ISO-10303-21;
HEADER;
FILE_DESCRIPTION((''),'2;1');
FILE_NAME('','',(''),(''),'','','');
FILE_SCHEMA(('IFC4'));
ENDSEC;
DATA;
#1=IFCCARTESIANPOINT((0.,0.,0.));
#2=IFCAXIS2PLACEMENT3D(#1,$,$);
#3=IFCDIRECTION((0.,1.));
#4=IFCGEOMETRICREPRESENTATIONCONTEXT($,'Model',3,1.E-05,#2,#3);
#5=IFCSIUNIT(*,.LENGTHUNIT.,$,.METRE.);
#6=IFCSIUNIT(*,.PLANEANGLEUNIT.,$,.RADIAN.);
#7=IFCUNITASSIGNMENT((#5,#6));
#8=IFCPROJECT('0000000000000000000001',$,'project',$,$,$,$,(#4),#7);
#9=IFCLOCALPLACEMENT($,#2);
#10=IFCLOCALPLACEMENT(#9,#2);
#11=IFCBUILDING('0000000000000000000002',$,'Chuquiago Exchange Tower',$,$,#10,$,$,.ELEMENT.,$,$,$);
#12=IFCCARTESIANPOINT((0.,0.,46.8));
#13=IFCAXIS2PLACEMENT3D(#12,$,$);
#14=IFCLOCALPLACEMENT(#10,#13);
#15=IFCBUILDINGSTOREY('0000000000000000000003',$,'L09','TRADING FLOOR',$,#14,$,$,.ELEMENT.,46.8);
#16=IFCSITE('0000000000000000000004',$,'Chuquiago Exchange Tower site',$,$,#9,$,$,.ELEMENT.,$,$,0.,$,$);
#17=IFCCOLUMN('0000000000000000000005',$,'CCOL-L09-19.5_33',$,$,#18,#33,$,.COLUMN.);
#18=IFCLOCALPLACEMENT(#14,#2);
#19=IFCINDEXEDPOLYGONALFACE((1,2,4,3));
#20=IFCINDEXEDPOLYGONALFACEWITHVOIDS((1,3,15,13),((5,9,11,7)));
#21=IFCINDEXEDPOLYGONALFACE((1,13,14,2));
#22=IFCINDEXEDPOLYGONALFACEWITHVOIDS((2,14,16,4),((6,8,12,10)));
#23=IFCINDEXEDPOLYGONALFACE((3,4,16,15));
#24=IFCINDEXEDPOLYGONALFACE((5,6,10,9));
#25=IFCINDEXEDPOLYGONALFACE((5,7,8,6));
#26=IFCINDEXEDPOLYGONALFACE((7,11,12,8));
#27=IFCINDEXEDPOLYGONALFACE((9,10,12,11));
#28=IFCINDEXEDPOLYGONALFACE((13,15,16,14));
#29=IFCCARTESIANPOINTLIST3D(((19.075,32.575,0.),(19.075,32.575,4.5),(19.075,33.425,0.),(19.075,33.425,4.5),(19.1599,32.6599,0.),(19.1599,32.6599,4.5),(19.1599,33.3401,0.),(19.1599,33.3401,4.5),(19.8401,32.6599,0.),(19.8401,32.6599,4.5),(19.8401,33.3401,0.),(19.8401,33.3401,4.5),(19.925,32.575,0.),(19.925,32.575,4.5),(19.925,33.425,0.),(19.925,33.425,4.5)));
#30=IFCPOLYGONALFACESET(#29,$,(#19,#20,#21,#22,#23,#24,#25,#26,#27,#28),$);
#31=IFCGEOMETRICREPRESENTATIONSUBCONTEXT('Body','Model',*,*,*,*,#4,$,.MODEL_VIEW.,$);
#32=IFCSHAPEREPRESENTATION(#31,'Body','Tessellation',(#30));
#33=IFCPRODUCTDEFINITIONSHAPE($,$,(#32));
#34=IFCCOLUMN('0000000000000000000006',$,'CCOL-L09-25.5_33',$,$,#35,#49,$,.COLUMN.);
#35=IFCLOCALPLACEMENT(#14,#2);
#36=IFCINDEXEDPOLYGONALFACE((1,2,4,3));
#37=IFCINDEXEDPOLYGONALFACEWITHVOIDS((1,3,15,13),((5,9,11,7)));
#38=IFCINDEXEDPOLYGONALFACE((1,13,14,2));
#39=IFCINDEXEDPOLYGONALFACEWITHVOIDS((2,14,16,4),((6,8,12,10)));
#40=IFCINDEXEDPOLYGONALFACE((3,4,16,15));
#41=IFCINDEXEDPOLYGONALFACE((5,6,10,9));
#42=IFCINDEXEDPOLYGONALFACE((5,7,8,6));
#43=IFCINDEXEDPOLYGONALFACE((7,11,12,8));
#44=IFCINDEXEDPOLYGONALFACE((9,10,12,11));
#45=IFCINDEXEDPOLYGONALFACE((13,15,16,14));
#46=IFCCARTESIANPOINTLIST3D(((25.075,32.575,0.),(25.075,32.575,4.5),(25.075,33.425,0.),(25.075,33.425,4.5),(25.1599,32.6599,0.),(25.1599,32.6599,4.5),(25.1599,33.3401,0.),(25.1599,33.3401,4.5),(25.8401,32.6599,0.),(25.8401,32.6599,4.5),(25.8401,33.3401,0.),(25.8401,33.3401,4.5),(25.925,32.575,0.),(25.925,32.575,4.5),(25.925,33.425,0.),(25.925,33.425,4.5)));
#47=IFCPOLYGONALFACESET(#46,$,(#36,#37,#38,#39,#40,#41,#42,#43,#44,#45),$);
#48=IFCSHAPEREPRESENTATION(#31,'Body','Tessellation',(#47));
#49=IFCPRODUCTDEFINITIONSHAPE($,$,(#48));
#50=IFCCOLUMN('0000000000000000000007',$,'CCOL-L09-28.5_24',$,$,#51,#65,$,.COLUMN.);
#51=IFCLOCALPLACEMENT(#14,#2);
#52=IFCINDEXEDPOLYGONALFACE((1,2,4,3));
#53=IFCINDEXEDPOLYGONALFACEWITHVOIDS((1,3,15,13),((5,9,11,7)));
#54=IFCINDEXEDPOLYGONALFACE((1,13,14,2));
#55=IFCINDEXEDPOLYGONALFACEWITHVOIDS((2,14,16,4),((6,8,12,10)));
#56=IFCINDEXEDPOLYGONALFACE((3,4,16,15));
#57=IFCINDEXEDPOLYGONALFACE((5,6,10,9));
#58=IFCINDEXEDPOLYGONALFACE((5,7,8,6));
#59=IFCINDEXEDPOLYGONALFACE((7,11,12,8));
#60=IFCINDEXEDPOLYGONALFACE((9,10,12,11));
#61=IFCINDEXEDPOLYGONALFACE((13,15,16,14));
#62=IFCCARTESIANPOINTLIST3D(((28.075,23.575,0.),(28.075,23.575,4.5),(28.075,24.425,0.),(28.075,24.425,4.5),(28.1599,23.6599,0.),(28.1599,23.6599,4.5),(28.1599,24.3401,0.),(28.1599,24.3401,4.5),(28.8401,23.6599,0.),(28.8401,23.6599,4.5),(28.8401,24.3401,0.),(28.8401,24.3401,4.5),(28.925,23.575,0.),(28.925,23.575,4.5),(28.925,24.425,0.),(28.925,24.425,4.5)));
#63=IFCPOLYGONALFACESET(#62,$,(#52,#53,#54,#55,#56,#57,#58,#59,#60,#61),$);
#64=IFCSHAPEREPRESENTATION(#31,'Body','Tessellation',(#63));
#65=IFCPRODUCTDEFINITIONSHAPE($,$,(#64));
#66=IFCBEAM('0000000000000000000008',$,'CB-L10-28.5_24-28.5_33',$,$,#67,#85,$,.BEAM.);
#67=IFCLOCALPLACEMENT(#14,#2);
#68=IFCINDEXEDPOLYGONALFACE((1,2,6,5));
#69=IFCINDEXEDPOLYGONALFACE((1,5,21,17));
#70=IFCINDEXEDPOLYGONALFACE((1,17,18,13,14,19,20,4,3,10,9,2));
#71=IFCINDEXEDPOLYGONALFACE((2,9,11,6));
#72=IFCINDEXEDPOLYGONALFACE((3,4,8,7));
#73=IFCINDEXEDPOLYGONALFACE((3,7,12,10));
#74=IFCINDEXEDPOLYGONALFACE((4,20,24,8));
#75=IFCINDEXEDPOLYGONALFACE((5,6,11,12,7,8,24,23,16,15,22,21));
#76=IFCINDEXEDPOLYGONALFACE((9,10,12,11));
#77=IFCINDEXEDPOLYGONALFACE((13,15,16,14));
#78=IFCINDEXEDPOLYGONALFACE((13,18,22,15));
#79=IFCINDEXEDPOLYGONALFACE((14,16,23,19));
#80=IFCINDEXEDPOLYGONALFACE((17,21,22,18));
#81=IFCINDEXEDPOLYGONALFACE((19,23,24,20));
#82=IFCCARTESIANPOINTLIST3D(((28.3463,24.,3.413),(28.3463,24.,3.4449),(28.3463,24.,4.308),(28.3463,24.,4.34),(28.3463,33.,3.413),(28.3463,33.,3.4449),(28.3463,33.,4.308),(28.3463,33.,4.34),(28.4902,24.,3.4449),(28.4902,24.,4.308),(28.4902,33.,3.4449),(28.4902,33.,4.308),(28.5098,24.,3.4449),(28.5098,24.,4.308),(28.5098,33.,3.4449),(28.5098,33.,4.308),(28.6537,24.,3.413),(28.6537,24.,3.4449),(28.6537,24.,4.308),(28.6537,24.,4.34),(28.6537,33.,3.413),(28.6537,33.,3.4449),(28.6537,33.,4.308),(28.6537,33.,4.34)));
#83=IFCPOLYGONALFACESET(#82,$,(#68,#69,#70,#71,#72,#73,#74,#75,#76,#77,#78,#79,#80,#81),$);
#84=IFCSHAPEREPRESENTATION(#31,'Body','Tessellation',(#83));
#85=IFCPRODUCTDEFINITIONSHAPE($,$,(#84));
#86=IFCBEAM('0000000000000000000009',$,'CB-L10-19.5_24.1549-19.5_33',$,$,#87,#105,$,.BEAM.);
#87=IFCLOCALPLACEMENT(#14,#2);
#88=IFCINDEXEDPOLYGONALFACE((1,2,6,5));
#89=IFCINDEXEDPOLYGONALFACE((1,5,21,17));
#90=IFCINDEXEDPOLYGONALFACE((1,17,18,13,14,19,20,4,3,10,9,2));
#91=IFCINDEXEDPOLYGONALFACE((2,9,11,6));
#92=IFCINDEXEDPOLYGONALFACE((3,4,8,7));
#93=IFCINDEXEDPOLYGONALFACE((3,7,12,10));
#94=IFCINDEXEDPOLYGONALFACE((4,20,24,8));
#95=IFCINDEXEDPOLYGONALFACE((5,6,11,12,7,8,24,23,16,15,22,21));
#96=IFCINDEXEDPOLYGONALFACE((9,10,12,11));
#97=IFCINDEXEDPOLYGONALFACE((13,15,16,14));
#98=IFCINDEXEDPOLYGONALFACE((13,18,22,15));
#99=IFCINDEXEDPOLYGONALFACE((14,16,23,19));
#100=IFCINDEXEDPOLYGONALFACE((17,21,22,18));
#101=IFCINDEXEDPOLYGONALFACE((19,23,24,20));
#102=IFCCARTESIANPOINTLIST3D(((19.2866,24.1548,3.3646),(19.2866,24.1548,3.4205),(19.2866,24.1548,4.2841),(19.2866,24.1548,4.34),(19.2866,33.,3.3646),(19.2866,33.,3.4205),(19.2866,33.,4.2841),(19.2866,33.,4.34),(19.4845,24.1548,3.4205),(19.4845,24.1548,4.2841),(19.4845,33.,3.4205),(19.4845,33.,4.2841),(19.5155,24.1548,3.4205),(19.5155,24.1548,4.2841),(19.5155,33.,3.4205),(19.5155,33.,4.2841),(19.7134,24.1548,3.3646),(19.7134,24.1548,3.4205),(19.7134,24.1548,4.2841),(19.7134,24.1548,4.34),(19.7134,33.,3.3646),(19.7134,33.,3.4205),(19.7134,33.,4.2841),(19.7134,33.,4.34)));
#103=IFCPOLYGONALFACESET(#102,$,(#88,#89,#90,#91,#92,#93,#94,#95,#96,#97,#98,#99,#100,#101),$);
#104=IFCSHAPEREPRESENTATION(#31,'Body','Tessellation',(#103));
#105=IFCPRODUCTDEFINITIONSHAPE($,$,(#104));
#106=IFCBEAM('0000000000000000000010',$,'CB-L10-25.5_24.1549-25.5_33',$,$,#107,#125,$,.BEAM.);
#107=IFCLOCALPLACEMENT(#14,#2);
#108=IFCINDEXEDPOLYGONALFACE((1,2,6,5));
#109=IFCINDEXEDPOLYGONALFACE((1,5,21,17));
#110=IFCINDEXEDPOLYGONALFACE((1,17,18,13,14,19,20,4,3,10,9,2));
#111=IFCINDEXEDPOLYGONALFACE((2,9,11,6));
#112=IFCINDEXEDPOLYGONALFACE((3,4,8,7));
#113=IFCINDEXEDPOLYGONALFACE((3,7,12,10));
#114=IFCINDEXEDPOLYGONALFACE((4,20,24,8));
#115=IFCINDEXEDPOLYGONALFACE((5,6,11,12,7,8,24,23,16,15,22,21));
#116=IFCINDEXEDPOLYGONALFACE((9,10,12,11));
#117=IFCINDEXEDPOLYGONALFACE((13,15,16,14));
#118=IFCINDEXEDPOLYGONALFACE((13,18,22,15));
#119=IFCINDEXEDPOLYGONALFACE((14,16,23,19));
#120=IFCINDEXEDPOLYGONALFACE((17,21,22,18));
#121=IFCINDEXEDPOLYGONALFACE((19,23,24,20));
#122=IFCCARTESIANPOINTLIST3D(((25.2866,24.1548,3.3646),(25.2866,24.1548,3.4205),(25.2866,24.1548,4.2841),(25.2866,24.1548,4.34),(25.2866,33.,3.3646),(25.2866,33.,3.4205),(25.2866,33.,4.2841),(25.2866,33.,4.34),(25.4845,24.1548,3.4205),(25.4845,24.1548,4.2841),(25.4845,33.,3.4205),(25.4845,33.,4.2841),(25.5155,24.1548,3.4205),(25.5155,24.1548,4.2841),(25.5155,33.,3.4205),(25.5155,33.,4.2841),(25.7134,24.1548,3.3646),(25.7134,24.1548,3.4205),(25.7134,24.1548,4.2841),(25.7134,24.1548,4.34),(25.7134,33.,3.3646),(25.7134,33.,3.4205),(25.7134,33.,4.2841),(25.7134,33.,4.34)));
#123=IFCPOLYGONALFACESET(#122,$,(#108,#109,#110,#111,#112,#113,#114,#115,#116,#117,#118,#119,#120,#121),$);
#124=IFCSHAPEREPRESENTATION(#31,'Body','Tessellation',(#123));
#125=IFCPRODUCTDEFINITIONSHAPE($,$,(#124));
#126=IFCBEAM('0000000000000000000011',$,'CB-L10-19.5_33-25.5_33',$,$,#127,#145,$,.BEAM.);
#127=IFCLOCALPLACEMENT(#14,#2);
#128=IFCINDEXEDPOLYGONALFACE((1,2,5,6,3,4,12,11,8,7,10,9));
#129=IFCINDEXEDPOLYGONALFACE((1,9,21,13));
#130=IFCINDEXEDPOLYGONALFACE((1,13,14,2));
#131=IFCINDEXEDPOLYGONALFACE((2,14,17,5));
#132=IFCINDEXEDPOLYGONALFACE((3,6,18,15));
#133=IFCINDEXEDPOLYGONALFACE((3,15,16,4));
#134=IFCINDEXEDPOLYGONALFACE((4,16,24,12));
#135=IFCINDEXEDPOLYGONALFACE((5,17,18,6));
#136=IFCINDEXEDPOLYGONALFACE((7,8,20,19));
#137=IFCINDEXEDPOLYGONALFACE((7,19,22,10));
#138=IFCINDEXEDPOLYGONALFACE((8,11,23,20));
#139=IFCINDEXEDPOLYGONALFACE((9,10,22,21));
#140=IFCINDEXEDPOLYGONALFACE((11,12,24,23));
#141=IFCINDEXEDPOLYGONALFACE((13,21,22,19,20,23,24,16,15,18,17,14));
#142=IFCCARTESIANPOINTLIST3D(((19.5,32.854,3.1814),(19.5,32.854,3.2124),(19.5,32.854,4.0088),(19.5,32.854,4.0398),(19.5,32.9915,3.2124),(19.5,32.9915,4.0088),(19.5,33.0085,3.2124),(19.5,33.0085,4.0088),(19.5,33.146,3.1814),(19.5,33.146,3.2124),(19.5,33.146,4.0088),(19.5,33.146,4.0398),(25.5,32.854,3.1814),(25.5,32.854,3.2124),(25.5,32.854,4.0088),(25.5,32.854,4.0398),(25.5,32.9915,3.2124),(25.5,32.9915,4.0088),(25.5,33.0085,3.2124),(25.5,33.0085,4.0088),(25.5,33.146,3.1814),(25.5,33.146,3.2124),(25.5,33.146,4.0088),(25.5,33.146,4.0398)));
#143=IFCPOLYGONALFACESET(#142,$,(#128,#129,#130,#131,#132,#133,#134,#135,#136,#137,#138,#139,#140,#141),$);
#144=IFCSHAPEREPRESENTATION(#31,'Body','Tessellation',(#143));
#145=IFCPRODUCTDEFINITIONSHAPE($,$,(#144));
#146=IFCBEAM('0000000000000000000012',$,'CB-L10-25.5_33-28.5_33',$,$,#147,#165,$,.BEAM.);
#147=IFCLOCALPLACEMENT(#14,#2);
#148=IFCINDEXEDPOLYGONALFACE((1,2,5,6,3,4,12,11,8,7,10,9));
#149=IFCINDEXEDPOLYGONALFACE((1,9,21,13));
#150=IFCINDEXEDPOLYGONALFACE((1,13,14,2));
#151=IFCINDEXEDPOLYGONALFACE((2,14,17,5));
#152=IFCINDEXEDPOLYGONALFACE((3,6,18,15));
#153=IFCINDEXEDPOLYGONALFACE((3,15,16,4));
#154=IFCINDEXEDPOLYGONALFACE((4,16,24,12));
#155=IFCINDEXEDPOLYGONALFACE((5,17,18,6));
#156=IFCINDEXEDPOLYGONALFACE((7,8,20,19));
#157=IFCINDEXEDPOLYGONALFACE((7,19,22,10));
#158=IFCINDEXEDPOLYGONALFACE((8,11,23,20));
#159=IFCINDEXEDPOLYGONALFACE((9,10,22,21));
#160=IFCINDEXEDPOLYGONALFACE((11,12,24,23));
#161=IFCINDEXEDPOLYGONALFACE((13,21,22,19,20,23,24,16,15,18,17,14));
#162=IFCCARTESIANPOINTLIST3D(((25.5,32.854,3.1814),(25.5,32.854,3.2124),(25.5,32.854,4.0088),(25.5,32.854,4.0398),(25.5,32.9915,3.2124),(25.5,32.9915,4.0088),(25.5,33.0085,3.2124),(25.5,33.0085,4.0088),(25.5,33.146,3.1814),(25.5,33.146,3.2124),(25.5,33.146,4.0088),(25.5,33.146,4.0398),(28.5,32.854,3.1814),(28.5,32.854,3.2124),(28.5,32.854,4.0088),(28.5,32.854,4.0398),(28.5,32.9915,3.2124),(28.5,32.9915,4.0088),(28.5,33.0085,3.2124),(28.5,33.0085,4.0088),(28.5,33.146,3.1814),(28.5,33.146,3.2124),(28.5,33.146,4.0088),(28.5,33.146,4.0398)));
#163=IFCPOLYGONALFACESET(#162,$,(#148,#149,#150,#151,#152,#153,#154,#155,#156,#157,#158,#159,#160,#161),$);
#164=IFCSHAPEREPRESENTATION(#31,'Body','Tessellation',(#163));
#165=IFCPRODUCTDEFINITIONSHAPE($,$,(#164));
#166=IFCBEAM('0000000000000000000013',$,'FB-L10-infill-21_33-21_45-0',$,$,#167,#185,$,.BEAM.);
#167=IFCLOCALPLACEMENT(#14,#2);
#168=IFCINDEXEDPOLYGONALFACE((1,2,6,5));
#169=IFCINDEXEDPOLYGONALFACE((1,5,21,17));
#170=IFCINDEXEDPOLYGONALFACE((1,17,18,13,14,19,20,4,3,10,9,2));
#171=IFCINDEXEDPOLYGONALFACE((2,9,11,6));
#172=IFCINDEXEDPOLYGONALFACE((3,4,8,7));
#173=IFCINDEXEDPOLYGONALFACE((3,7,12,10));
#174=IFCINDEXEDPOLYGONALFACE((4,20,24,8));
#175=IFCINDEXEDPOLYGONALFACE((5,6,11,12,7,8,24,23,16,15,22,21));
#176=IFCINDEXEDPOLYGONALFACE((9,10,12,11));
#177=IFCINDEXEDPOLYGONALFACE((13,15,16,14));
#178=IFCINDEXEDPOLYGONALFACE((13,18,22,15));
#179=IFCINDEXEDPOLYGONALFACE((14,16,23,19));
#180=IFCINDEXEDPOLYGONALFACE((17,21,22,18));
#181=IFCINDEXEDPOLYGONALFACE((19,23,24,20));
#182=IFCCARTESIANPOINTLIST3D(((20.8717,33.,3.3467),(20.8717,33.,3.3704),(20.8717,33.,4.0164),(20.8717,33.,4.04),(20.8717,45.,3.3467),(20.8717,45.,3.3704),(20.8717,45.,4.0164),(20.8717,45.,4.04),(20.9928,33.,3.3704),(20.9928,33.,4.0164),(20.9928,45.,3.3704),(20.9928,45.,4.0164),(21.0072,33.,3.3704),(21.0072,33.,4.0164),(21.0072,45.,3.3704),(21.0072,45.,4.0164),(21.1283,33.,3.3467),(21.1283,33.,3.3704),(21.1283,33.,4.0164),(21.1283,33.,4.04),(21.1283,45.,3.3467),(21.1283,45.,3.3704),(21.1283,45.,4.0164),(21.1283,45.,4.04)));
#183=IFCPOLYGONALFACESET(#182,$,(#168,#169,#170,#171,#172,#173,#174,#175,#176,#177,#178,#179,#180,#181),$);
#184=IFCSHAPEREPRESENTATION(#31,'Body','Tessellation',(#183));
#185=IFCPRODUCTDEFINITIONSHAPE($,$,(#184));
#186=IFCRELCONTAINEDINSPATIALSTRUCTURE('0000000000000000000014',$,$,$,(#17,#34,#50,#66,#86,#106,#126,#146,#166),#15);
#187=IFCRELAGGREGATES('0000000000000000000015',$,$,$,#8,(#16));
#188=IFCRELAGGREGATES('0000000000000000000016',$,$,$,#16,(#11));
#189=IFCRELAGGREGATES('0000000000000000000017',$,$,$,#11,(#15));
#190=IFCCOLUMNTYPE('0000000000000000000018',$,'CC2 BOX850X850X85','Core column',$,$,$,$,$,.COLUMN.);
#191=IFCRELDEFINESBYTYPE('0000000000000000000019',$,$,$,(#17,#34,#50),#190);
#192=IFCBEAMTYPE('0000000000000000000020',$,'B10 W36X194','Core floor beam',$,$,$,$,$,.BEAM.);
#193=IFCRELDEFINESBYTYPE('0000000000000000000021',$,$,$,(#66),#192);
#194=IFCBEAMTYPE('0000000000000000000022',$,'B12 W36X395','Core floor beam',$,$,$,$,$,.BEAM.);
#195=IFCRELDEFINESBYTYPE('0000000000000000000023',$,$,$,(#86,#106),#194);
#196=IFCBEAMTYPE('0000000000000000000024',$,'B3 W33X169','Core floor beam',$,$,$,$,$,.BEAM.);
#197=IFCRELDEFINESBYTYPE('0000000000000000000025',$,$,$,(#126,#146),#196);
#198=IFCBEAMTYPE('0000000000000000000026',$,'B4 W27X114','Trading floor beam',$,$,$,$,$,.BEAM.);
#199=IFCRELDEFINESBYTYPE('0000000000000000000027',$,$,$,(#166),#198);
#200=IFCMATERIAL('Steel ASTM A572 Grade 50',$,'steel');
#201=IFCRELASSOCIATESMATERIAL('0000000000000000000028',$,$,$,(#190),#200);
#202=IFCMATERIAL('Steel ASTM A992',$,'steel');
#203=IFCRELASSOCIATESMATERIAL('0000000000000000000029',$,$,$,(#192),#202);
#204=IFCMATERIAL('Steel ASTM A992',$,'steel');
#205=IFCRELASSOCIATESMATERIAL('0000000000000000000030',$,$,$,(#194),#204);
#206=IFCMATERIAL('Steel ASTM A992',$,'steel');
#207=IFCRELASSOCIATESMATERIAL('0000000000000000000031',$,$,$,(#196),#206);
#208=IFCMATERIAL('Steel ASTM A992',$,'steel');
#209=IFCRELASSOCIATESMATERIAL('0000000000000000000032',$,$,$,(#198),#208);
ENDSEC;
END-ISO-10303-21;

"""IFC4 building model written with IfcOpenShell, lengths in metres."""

from ifc_helpers import new_model, si_unit, direction, frame, origin, origin_2d, place, context, subcontext, project, spatial, hollow_rectangle, i_section, extrude, material, material_profile, profile_set, type_object, element, save


model = new_model("IFC4")

# Units and contexts
model_context = context("Model", 3, precision=1e-05, world=origin(), true_north=direction((0.0, 1.0)))
body_context = subcontext(model_context, "Body", "Model", "MODEL_VIEW")
ifc_project = project(units=[si_unit("LENGTHUNIT", "METRE"), si_unit("PLANEANGLEUNIT", "RADIAN")], contexts=[model_context])

# Site, building, storey
site_placement = place(None, origin())
site = spatial("IfcSite", under=ifc_project, at=site_placement, Name="Chuquiago Exchange Tower site", CompositionType="ELEMENT", RefElevation=0.0)
building_placement = place(site_placement, origin())
building = spatial("IfcBuilding", under=site, at=building_placement, Name="Chuquiago Exchange Tower", CompositionType="ELEMENT")
storey_placement = place(building_placement, frame((0.0, 0.0, 46.8)))
storey = spatial("IfcBuildingStorey", under=building, at=storey_placement, Name="L09", Description="TRADING FLOOR", CompositionType="ELEMENT", Elevation=46.8)

# Columns
ifc_material_1 = material(Name="Steel ASTM A572 Grade 50", Category="steel")
ifc_material_profile_1 = material_profile(ifc_material_1, hollow_rectangle(XDim=0.8501, YDim=0.8501, WallThickness=0.085, at=origin_2d()), Name="BOX850X850X85")
ifc_profile_set_1 = profile_set([ifc_material_profile_1], Name="Steel ASTM A572 Grade 50")
column_type = type_object("IfcColumnType", Name="CC2 BOX850X850X85", Description="Core column", PredefinedType="COLUMN", material=ifc_profile_set_1)
for number, where, z_axis, x_axis, name in (
    (1, (19.5, 33.0, 0.0), (0.0, 0.0, 1.0), (1.0, 0.0, 0.0), "CCOL-L09-19.5_33"),
    (2, (25.5, 33.0, 0.0), (0.0, 0.0, 1.0), (1.0, 0.0, 0.0), "CCOL-L09-25.5_33"),
    (3, (28.5, 24.0, 0.0), (0.0, 0.0, 1.0), (1.0, 0.0, 0.0), "CCOL-L09-28.5_24"),
):
    element("IfcColumn", number, at=place(storey_placement, frame(where, z_axis=z_axis, x_axis=x_axis)), inside=storey, type_object=column_type, Name=name, PredefinedType="COLUMN", context=body_context, shape_type="SweptSolid", body=[
        extrude(hollow_rectangle(XDim=0.8501, YDim=0.8501, WallThickness=0.085, at=origin_2d()), origin(), (0.0, 0.0, 1.0), 4.5),
    ])

# Beams
ifc_material_2 = material(Name="Steel ASTM A992", Category="steel")
ifc_material_profile_2 = material_profile(ifc_material_2, i_section(OverallWidth=0.3074, OverallDepth=0.927, WebThickness=0.0195, FlangeThickness=0.032, at=origin_2d()), Name="W36X194")
ifc_profile_set_2 = profile_set([ifc_material_profile_2], Name="Steel ASTM A992")
beam_type_1 = type_object("IfcBeamType", Name="B10 W36X194", Description="Core floor beam", PredefinedType="BEAM", material=ifc_profile_set_2)
beam_1_placement = place(storey_placement, frame((28.5, 24.0, 3.8765), z_axis=(0.0, 1.0, 0.0), x_axis=(-1.0, 0.0, 0.0)))
element("IfcBeam", 4, at=beam_1_placement, inside=storey, type_object=beam_type_1, Name="CB-L10-28.5_24-28.5_33", PredefinedType="BEAM", context=body_context, shape_type="SweptSolid", body=[
    extrude(i_section(OverallWidth=0.3074, OverallDepth=0.927, WebThickness=0.0195, FlangeThickness=0.032, at=origin_2d()), origin(), (0.0, 0.0, 1.0), 9.0),
])
ifc_material_3 = material(Name="Steel ASTM A992", Category="steel")
ifc_material_profile_3 = material_profile(ifc_material_3, i_section(OverallWidth=0.4268, OverallDepth=0.9753, WebThickness=0.031, FlangeThickness=0.0559, at=origin_2d()), Name="W36X395")
ifc_profile_set_3 = profile_set([ifc_material_profile_3], Name="Steel ASTM A992")
beam_type_2 = type_object("IfcBeamType", Name="B12 W36X395", Description="Core floor beam", PredefinedType="BEAM", material=ifc_profile_set_3)
for number, where, z_axis, x_axis, name in (
    (5, (19.5, 24.1548, 3.8523), (0.0, 1.0, 0.0), (-1.0, 0.0, 0.0), "CB-L10-19.5_24.1549-19.5_33"),
    (6, (25.5, 24.1548, 3.8523), (0.0, 1.0, 0.0), (-1.0, 0.0, 0.0), "CB-L10-25.5_24.1549-25.5_33"),
):
    element("IfcBeam", number, at=place(storey_placement, frame(where, z_axis=z_axis, x_axis=x_axis)), inside=storey, type_object=beam_type_2, Name=name, PredefinedType="BEAM", context=body_context, shape_type="SweptSolid", body=[
        extrude(i_section(OverallWidth=0.4268, OverallDepth=0.9753, WebThickness=0.031, FlangeThickness=0.0559, at=origin_2d()), origin(), (0.0, 0.0, 1.0), 8.8452),
    ])
ifc_material_4 = material(Name="Steel ASTM A992", Category="steel")
ifc_material_profile_4 = material_profile(ifc_material_4, i_section(OverallWidth=0.292, OverallDepth=0.8584, WebThickness=0.0171, FlangeThickness=0.031, at=origin_2d()), Name="W33X169")
ifc_profile_set_4 = profile_set([ifc_material_profile_4], Name="Steel ASTM A992")
beam_type_3 = type_object("IfcBeamType", Name="B3 W33X169", Description="Core floor beam", PredefinedType="BEAM", material=ifc_profile_set_4)
beam_2_placement = place(storey_placement, frame((19.5, 33.0, 3.6106), z_axis=(1.0, 0.0, 0.0), x_axis=(0.0, 1.0, 0.0)))
element("IfcBeam", 7, at=beam_2_placement, inside=storey, type_object=beam_type_3, Name="CB-L10-19.5_33-25.5_33", PredefinedType="BEAM", context=body_context, shape_type="SweptSolid", body=[
    extrude(i_section(OverallWidth=0.292, OverallDepth=0.8584, WebThickness=0.0171, FlangeThickness=0.031, at=origin_2d()), origin(), (0.0, 0.0, 1.0), 6.0),
])
beam_3_placement = place(storey_placement, frame((25.5, 33.0, 3.6106), z_axis=(1.0, 0.0, 0.0), x_axis=(0.0, 1.0, 0.0)))
element("IfcBeam", 8, at=beam_3_placement, inside=storey, type_object=beam_type_3, Name="CB-L10-25.5_33-28.5_33", PredefinedType="BEAM", context=body_context, shape_type="SweptSolid", body=[
    extrude(i_section(OverallWidth=0.292, OverallDepth=0.8584, WebThickness=0.0171, FlangeThickness=0.031, at=origin_2d()), origin(), (0.0, 0.0, 1.0), 3.0),
])
ifc_material_5 = material(Name="Steel ASTM A992", Category="steel")
ifc_material_profile_5 = material_profile(ifc_material_5, i_section(OverallWidth=0.2566, OverallDepth=0.6934, WebThickness=0.0144, FlangeThickness=0.0237, at=origin_2d()), Name="W27X114")
ifc_profile_set_5 = profile_set([ifc_material_profile_5], Name="Steel ASTM A992")
beam_type_4 = type_object("IfcBeamType", Name="B4 W27X114", Description="Trading floor beam", PredefinedType="BEAM", material=ifc_profile_set_5)
for number, where, z_axis, x_axis, name in (
    (9, (21.0, 33.0, 3.6934), (0.0, 1.0, 0.0), (-1.0, 0.0, 0.0), "FB-L10-infill-21_33-21_45-0"),
):
    element("IfcBeam", number, at=place(storey_placement, frame(where, z_axis=z_axis, x_axis=x_axis)), inside=storey, type_object=beam_type_4, Name=name, PredefinedType="BEAM", context=body_context, shape_type="SweptSolid", body=[
        extrude(i_section(OverallWidth=0.2566, OverallDepth=0.6934, WebThickness=0.0144, FlangeThickness=0.0237, at=origin_2d()), origin(), (0.0, 0.0, 1.0), 12.0),
    ])

save(model, "model.ifc")
